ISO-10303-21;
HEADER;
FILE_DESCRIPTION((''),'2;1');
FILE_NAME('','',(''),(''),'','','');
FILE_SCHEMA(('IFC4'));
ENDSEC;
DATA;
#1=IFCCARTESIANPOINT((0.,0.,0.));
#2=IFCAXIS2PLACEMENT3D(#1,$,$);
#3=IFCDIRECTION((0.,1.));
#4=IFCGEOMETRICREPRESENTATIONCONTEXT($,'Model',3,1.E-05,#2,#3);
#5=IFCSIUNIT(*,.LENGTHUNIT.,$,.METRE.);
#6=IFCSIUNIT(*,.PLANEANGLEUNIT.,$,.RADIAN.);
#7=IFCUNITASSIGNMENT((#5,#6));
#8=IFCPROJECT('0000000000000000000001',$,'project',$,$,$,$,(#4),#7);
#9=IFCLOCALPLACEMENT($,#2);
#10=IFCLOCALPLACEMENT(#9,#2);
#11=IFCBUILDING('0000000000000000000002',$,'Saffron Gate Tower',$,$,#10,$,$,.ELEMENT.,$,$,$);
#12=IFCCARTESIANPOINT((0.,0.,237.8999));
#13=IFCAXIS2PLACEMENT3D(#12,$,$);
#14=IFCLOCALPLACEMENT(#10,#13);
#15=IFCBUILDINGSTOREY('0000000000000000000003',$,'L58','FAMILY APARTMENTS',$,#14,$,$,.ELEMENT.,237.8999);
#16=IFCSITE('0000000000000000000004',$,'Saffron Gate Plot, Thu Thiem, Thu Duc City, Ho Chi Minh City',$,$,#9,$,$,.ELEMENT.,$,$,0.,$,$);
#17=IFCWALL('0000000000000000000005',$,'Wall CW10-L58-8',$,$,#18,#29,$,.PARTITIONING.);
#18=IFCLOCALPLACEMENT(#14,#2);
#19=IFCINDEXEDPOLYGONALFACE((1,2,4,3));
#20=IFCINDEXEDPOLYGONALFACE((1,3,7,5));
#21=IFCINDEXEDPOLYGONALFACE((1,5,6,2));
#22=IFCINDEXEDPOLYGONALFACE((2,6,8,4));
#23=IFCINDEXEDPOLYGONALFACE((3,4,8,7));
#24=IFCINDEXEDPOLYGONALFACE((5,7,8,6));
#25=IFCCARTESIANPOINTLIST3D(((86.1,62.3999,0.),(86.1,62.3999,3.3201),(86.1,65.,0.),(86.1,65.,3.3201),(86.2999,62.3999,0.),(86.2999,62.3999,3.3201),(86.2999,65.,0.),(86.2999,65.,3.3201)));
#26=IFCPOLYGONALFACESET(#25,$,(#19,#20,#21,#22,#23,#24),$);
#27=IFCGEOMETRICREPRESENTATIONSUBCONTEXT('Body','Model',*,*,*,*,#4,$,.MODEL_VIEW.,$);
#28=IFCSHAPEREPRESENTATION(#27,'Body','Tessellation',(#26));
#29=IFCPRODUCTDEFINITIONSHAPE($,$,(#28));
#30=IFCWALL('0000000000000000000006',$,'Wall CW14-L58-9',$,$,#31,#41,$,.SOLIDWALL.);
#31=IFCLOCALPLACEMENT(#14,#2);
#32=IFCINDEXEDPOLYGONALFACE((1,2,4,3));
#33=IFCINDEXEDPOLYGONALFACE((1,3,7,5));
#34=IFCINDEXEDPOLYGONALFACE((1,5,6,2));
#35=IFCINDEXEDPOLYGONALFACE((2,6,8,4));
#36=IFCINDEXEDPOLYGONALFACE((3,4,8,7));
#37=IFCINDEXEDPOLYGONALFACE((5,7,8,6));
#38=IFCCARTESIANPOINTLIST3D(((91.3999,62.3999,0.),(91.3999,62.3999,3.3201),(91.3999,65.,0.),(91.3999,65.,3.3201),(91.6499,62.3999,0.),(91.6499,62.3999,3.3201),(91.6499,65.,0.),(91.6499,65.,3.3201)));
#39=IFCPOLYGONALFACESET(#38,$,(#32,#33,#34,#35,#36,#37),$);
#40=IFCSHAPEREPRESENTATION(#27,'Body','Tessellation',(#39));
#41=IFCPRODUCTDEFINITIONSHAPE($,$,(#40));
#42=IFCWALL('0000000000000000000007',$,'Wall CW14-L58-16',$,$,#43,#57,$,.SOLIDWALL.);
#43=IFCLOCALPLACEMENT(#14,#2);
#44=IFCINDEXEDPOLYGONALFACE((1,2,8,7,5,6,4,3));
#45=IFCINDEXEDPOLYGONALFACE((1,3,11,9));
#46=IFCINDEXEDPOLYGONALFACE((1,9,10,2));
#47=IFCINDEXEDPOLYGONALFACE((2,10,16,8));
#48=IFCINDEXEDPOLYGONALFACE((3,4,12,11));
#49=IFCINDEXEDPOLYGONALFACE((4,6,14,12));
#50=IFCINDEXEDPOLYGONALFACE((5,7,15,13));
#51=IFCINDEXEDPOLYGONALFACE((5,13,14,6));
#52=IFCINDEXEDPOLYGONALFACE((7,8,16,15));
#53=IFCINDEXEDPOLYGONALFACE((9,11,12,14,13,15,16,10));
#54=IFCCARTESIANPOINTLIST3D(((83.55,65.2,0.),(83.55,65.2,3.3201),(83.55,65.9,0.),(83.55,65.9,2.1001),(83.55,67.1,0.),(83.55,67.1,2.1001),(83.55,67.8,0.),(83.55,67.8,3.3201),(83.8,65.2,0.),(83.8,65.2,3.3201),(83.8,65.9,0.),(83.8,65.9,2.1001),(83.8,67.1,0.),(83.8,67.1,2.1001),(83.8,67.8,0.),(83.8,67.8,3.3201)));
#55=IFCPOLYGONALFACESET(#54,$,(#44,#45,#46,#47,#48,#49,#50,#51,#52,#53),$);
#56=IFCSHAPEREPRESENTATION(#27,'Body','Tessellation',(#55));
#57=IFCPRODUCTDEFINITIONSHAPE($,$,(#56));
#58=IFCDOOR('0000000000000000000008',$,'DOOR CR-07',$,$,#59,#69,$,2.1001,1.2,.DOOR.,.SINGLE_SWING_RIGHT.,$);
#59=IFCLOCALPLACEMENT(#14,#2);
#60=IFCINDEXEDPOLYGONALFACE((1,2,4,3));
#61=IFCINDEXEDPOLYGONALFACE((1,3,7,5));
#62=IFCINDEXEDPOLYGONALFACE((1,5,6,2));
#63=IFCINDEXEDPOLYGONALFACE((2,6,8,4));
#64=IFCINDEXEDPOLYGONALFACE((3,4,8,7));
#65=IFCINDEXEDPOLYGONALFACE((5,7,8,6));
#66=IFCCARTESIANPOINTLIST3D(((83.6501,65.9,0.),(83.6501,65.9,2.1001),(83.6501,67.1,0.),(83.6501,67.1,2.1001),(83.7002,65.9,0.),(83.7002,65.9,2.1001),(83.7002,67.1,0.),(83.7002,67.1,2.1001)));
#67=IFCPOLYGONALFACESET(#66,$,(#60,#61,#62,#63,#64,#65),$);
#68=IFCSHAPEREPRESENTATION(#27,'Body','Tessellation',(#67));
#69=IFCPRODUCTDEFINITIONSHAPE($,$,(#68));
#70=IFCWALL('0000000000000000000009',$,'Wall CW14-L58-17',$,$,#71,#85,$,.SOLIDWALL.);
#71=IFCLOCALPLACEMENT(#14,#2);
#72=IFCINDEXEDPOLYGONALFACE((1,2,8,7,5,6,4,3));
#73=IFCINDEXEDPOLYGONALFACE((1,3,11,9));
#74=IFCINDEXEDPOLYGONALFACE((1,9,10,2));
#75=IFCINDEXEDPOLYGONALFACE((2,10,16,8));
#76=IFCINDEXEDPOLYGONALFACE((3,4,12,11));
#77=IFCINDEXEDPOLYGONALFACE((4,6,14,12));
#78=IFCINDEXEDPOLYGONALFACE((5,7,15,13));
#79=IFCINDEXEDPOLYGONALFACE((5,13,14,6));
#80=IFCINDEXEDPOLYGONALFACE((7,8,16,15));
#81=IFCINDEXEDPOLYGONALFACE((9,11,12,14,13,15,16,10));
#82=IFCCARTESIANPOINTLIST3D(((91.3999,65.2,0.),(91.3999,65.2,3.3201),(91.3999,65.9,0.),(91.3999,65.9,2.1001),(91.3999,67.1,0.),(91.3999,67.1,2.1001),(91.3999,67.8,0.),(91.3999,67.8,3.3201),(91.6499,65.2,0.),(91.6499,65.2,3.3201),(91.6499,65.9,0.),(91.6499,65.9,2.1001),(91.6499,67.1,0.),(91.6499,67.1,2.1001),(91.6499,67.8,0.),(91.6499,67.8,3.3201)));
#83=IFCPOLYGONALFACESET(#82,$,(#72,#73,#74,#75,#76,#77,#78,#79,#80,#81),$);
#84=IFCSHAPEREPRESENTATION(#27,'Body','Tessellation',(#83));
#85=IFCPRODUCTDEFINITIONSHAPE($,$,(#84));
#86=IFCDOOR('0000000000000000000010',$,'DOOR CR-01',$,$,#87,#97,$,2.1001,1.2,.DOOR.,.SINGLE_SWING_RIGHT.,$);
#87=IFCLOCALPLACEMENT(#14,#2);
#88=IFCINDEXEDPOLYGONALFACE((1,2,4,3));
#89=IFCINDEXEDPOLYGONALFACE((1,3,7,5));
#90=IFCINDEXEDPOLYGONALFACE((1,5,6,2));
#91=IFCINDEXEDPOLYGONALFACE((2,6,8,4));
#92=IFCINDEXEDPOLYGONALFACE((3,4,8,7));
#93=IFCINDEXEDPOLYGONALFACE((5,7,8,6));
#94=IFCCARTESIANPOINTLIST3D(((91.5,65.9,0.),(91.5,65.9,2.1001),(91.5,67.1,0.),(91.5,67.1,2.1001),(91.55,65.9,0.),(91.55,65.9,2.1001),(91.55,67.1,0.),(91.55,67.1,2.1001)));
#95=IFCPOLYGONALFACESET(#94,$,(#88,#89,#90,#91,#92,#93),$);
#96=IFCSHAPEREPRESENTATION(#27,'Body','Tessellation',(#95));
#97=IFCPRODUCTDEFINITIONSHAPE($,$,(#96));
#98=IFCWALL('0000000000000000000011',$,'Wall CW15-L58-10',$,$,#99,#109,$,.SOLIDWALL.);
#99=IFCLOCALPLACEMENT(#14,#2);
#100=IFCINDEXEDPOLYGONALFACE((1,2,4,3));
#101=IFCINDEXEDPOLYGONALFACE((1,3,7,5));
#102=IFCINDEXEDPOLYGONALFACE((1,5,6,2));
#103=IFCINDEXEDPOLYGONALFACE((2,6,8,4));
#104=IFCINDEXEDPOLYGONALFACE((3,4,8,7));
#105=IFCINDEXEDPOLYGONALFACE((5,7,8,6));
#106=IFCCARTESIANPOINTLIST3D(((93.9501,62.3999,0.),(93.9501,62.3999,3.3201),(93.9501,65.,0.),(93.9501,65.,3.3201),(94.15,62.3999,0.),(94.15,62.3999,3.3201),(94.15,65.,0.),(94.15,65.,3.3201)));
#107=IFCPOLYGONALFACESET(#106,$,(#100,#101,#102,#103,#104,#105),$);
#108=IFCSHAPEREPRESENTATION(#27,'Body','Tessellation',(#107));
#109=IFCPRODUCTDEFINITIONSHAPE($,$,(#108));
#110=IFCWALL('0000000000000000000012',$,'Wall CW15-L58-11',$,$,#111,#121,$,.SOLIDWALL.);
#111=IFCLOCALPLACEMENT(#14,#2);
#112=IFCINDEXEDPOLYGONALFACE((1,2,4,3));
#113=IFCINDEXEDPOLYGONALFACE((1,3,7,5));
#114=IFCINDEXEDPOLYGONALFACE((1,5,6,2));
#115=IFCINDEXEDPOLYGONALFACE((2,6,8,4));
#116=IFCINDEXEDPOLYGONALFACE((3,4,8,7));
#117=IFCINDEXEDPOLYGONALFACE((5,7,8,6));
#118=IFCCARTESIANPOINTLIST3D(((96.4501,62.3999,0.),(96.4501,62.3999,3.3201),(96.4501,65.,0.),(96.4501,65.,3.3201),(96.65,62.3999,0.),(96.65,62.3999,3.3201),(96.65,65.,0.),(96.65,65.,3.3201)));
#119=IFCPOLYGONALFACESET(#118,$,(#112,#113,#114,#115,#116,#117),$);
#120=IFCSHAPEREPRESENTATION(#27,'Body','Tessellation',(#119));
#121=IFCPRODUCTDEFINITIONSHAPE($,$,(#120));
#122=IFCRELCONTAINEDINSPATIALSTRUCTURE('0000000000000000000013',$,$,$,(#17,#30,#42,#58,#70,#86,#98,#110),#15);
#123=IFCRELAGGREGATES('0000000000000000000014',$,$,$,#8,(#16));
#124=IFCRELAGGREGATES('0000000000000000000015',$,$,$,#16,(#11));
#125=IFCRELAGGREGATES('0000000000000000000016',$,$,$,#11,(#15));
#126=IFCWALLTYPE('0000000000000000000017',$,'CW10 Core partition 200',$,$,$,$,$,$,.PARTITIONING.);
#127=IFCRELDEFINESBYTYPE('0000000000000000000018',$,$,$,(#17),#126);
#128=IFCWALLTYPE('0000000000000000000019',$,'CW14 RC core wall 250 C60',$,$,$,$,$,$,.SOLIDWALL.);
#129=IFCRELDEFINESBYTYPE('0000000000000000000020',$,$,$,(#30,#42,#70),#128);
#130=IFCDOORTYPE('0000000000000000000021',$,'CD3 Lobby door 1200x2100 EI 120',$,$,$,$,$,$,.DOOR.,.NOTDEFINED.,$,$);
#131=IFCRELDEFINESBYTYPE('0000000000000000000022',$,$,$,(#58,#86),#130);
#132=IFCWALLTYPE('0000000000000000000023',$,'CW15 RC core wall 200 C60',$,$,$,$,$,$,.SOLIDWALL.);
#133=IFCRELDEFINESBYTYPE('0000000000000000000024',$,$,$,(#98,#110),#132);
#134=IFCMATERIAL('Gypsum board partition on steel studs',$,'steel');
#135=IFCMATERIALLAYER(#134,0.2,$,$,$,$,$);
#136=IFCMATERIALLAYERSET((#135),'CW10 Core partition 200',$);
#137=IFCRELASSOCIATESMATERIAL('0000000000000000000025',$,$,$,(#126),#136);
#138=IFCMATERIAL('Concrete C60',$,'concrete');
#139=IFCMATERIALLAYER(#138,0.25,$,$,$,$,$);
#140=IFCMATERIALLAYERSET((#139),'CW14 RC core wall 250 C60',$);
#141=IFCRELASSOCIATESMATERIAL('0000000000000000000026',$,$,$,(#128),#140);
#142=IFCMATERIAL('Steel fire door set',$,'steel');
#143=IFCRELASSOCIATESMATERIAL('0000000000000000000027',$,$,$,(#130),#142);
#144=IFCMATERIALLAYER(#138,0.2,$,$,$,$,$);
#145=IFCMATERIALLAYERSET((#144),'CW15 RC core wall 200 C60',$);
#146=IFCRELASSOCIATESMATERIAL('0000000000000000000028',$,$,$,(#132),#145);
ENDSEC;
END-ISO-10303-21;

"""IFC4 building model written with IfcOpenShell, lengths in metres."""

from ifc_helpers import new_model, si_unit, direction, frame, frame_2d, origin, place, context, subcontext, project, spatial, rectangle, extrude, material, layer, layer_set, type_object, element, fill, save


model = new_model("IFC4")

# Units and contexts
model_context = context("Model", 3, precision=1e-05, world=origin(), true_north=direction((0.0, 1.0)))
body_context = subcontext(model_context, "Body", "Model", "MODEL_VIEW")
ifc_project = project(units=[si_unit("LENGTHUNIT", "METRE"), si_unit("PLANEANGLEUNIT", "RADIAN")], contexts=[model_context])

# Site, building, storey
site_placement = place(None, origin())
site = spatial("IfcSite", under=ifc_project, at=site_placement, Name="Saffron Gate Plot, Thu Thiem, Thu Duc City, Ho Chi Minh City", CompositionType="ELEMENT", RefElevation=0.0)
building_placement = place(site_placement, origin())
building = spatial("IfcBuilding", under=site, at=building_placement, Name="Saffron Gate Tower", CompositionType="ELEMENT")
storey_placement = place(building_placement, frame((0.0, 0.0, 237.8999)))
storey = spatial("IfcBuildingStorey", under=building, at=storey_placement, Name="L58", Description="FAMILY APARTMENTS", CompositionType="ELEMENT", Elevation=237.8999)

# Walls
ifc_material_1 = material(Name="Gypsum board partition on steel studs", Category="steel")
ifc_layer_1 = layer(ifc_material_1, 0.2)
ifc_layer_set_1 = layer_set([ifc_layer_1], Name="CW10 Core partition 200")
wall_type_1 = type_object("IfcWallType", Name="CW10 Core partition 200", PredefinedType="PARTITIONING", material=ifc_layer_set_1)
wall_1_placement = place(storey_placement, frame((86.2, 62.3999, 0.0), z_axis=(0.0, 0.0, 1.0), x_axis=(0.0, 1.0, 0.0)))
element("IfcWall", 1, at=wall_1_placement, inside=storey, type_object=wall_type_1, Name="Wall CW10-L58-8", PredefinedType="PARTITIONING", context=body_context, shape_type="SweptSolid", body=[
    extrude(rectangle(XDim=2.6001, YDim=0.2, at=frame_2d((1.3, 0.0))), origin(), (0.0, 0.0, 1.0), 3.3201),
])
ifc_material_2 = material(Name="Concrete C60", Category="concrete")
ifc_layer_2 = layer(ifc_material_2, 0.25)
ifc_layer_set_2 = layer_set([ifc_layer_2], Name="CW14 RC core wall 250 C60")
wall_type_2 = type_object("IfcWallType", Name="CW14 RC core wall 250 C60", PredefinedType="SOLIDWALL", material=ifc_layer_set_2)
wall_2_placement = place(storey_placement, frame((91.5249, 62.3999, 0.0), z_axis=(0.0, 0.0, 1.0), x_axis=(0.0, 1.0, 0.0)))
element("IfcWall", 2, at=wall_2_placement, inside=storey, type_object=wall_type_2, Name="Wall CW14-L58-9", PredefinedType="SOLIDWALL", context=body_context, shape_type="SweptSolid", body=[
    extrude(rectangle(XDim=2.6001, YDim=0.25, at=frame_2d((1.3, 0.0))), origin(), (0.0, 0.0, 1.0), 3.3201),
])

# Walls, openings, doors
wall_3_placement = place(storey_placement, frame((83.675, 65.2, 0.0), z_axis=(0.0, 0.0, 1.0), x_axis=(0.0, 1.0, 0.0)))
wall_3 = element("IfcWall", 3, at=wall_3_placement, inside=storey, type_object=wall_type_2, Name="Wall CW14-L58-16", PredefinedType="SOLIDWALL", context=body_context, shape_type="SweptSolid", body=[
    extrude(rectangle(XDim=2.6001, YDim=0.25, at=frame_2d((1.3, 0.0))), origin(), (0.0, 0.0, 1.0), 3.3201),
])
opening_1_placement = place(wall_3_placement, frame((0.7, 0.0, 0.0)))
opening_1 = element("IfcOpeningElement", 4, at=opening_1_placement, cuts=wall_3, PredefinedType="OPENING", context=body_context, shape_type="SweptSolid", body=[
    extrude(rectangle(XDim=1.2, YDim=2.1001, at=frame_2d((0.6001, 1.05))), frame((0.0, 0.135, 0.0), z_axis=(0.0, -1.0, 0.0), x_axis=(1.0, 0.0, 0.0)), (0.0, 0.0, 1.0), 0.27),
])
ifc_material_3 = material(Name="Steel fire door set", Category="steel")
door_type_1 = type_object("IfcDoorType", Name="CD3 Lobby door 1200x2100 EI 120", OperationType="NOTDEFINED", PredefinedType="DOOR", material=ifc_material_3)
door_1_placement = place(opening_1_placement, origin())
door_1 = element("IfcDoor", 5, at=door_1_placement, inside=storey, type_object=door_type_1, Name="DOOR CR-07", OperationType="SINGLE_SWING_RIGHT", OverallHeight=2.1001, OverallWidth=1.2, PredefinedType="DOOR", context=body_context, shape_type="SweptSolid", body=[
    extrude(rectangle(XDim=1.2, YDim=2.1001, at=frame_2d((0.6001, 1.05))), frame((0.0, 0.0249, 0.0), z_axis=(0.0, -1.0, 0.0), x_axis=(1.0, 0.0, 0.0)), (0.0, 0.0, 1.0), 0.05),
])
fill(opening_1, door_1)
wall_4_placement = place(storey_placement, frame((91.5249, 65.2, 0.0), z_axis=(0.0, 0.0, 1.0), x_axis=(0.0, 1.0, 0.0)))
wall_4 = element("IfcWall", 6, at=wall_4_placement, inside=storey, type_object=wall_type_2, Name="Wall CW14-L58-17", PredefinedType="SOLIDWALL", context=body_context, shape_type="SweptSolid", body=[
    extrude(rectangle(XDim=2.6001, YDim=0.25, at=frame_2d((1.3, 0.0))), origin(), (0.0, 0.0, 1.0), 3.3201),
])
opening_2_placement = place(wall_4_placement, frame((0.7, 0.0, 0.0)))
opening_2 = element("IfcOpeningElement", 7, at=opening_2_placement, cuts=wall_4, PredefinedType="OPENING", context=body_context, shape_type="SweptSolid", body=[
    extrude(rectangle(XDim=1.2, YDim=2.1001, at=frame_2d((0.6001, 1.05))), frame((0.0, 0.135, 0.0), z_axis=(0.0, -1.0, 0.0), x_axis=(1.0, 0.0, 0.0)), (0.0, 0.0, 1.0), 0.27),
])
door_2_placement = place(opening_2_placement, origin())
door_2 = element("IfcDoor", 8, at=door_2_placement, inside=storey, type_object=door_type_1, Name="DOOR CR-01", OperationType="SINGLE_SWING_RIGHT", OverallHeight=2.1001, OverallWidth=1.2, PredefinedType="DOOR", context=body_context, shape_type="SweptSolid", body=[
    extrude(rectangle(XDim=1.2, YDim=2.1001, at=frame_2d((0.6001, 1.05))), frame((0.0, 0.0249, 0.0), z_axis=(0.0, -1.0, 0.0), x_axis=(1.0, 0.0, 0.0)), (0.0, 0.0, 1.0), 0.05),
])
fill(opening_2, door_2)

# Walls
ifc_layer_3 = layer(ifc_material_2, 0.2)
ifc_layer_set_3 = layer_set([ifc_layer_3], Name="CW15 RC core wall 200 C60")
wall_type_3 = type_object("IfcWallType", Name="CW15 RC core wall 200 C60", PredefinedType="SOLIDWALL", material=ifc_layer_set_3)
for number, where, z_axis, x_axis, name in (
    (9, (94.05, 62.3999, 0.0), (0.0, 0.0, 1.0), (0.0, 1.0, 0.0), "Wall CW15-L58-10"),
    (10, (96.55, 62.3999, 0.0), (0.0, 0.0, 1.0), (0.0, 1.0, 0.0), "Wall CW15-L58-11"),
):
    element("IfcWall", number, at=place(storey_placement, frame(where, z_axis=z_axis, x_axis=x_axis)), inside=storey, type_object=wall_type_3, Name=name, PredefinedType="SOLIDWALL", context=body_context, shape_type="SweptSolid", body=[
        extrude(rectangle(XDim=2.6001, YDim=0.2, at=frame_2d((1.3, 0.0))), origin(), (0.0, 0.0, 1.0), 3.3201),
    ])

save(model, "model.ifc")
